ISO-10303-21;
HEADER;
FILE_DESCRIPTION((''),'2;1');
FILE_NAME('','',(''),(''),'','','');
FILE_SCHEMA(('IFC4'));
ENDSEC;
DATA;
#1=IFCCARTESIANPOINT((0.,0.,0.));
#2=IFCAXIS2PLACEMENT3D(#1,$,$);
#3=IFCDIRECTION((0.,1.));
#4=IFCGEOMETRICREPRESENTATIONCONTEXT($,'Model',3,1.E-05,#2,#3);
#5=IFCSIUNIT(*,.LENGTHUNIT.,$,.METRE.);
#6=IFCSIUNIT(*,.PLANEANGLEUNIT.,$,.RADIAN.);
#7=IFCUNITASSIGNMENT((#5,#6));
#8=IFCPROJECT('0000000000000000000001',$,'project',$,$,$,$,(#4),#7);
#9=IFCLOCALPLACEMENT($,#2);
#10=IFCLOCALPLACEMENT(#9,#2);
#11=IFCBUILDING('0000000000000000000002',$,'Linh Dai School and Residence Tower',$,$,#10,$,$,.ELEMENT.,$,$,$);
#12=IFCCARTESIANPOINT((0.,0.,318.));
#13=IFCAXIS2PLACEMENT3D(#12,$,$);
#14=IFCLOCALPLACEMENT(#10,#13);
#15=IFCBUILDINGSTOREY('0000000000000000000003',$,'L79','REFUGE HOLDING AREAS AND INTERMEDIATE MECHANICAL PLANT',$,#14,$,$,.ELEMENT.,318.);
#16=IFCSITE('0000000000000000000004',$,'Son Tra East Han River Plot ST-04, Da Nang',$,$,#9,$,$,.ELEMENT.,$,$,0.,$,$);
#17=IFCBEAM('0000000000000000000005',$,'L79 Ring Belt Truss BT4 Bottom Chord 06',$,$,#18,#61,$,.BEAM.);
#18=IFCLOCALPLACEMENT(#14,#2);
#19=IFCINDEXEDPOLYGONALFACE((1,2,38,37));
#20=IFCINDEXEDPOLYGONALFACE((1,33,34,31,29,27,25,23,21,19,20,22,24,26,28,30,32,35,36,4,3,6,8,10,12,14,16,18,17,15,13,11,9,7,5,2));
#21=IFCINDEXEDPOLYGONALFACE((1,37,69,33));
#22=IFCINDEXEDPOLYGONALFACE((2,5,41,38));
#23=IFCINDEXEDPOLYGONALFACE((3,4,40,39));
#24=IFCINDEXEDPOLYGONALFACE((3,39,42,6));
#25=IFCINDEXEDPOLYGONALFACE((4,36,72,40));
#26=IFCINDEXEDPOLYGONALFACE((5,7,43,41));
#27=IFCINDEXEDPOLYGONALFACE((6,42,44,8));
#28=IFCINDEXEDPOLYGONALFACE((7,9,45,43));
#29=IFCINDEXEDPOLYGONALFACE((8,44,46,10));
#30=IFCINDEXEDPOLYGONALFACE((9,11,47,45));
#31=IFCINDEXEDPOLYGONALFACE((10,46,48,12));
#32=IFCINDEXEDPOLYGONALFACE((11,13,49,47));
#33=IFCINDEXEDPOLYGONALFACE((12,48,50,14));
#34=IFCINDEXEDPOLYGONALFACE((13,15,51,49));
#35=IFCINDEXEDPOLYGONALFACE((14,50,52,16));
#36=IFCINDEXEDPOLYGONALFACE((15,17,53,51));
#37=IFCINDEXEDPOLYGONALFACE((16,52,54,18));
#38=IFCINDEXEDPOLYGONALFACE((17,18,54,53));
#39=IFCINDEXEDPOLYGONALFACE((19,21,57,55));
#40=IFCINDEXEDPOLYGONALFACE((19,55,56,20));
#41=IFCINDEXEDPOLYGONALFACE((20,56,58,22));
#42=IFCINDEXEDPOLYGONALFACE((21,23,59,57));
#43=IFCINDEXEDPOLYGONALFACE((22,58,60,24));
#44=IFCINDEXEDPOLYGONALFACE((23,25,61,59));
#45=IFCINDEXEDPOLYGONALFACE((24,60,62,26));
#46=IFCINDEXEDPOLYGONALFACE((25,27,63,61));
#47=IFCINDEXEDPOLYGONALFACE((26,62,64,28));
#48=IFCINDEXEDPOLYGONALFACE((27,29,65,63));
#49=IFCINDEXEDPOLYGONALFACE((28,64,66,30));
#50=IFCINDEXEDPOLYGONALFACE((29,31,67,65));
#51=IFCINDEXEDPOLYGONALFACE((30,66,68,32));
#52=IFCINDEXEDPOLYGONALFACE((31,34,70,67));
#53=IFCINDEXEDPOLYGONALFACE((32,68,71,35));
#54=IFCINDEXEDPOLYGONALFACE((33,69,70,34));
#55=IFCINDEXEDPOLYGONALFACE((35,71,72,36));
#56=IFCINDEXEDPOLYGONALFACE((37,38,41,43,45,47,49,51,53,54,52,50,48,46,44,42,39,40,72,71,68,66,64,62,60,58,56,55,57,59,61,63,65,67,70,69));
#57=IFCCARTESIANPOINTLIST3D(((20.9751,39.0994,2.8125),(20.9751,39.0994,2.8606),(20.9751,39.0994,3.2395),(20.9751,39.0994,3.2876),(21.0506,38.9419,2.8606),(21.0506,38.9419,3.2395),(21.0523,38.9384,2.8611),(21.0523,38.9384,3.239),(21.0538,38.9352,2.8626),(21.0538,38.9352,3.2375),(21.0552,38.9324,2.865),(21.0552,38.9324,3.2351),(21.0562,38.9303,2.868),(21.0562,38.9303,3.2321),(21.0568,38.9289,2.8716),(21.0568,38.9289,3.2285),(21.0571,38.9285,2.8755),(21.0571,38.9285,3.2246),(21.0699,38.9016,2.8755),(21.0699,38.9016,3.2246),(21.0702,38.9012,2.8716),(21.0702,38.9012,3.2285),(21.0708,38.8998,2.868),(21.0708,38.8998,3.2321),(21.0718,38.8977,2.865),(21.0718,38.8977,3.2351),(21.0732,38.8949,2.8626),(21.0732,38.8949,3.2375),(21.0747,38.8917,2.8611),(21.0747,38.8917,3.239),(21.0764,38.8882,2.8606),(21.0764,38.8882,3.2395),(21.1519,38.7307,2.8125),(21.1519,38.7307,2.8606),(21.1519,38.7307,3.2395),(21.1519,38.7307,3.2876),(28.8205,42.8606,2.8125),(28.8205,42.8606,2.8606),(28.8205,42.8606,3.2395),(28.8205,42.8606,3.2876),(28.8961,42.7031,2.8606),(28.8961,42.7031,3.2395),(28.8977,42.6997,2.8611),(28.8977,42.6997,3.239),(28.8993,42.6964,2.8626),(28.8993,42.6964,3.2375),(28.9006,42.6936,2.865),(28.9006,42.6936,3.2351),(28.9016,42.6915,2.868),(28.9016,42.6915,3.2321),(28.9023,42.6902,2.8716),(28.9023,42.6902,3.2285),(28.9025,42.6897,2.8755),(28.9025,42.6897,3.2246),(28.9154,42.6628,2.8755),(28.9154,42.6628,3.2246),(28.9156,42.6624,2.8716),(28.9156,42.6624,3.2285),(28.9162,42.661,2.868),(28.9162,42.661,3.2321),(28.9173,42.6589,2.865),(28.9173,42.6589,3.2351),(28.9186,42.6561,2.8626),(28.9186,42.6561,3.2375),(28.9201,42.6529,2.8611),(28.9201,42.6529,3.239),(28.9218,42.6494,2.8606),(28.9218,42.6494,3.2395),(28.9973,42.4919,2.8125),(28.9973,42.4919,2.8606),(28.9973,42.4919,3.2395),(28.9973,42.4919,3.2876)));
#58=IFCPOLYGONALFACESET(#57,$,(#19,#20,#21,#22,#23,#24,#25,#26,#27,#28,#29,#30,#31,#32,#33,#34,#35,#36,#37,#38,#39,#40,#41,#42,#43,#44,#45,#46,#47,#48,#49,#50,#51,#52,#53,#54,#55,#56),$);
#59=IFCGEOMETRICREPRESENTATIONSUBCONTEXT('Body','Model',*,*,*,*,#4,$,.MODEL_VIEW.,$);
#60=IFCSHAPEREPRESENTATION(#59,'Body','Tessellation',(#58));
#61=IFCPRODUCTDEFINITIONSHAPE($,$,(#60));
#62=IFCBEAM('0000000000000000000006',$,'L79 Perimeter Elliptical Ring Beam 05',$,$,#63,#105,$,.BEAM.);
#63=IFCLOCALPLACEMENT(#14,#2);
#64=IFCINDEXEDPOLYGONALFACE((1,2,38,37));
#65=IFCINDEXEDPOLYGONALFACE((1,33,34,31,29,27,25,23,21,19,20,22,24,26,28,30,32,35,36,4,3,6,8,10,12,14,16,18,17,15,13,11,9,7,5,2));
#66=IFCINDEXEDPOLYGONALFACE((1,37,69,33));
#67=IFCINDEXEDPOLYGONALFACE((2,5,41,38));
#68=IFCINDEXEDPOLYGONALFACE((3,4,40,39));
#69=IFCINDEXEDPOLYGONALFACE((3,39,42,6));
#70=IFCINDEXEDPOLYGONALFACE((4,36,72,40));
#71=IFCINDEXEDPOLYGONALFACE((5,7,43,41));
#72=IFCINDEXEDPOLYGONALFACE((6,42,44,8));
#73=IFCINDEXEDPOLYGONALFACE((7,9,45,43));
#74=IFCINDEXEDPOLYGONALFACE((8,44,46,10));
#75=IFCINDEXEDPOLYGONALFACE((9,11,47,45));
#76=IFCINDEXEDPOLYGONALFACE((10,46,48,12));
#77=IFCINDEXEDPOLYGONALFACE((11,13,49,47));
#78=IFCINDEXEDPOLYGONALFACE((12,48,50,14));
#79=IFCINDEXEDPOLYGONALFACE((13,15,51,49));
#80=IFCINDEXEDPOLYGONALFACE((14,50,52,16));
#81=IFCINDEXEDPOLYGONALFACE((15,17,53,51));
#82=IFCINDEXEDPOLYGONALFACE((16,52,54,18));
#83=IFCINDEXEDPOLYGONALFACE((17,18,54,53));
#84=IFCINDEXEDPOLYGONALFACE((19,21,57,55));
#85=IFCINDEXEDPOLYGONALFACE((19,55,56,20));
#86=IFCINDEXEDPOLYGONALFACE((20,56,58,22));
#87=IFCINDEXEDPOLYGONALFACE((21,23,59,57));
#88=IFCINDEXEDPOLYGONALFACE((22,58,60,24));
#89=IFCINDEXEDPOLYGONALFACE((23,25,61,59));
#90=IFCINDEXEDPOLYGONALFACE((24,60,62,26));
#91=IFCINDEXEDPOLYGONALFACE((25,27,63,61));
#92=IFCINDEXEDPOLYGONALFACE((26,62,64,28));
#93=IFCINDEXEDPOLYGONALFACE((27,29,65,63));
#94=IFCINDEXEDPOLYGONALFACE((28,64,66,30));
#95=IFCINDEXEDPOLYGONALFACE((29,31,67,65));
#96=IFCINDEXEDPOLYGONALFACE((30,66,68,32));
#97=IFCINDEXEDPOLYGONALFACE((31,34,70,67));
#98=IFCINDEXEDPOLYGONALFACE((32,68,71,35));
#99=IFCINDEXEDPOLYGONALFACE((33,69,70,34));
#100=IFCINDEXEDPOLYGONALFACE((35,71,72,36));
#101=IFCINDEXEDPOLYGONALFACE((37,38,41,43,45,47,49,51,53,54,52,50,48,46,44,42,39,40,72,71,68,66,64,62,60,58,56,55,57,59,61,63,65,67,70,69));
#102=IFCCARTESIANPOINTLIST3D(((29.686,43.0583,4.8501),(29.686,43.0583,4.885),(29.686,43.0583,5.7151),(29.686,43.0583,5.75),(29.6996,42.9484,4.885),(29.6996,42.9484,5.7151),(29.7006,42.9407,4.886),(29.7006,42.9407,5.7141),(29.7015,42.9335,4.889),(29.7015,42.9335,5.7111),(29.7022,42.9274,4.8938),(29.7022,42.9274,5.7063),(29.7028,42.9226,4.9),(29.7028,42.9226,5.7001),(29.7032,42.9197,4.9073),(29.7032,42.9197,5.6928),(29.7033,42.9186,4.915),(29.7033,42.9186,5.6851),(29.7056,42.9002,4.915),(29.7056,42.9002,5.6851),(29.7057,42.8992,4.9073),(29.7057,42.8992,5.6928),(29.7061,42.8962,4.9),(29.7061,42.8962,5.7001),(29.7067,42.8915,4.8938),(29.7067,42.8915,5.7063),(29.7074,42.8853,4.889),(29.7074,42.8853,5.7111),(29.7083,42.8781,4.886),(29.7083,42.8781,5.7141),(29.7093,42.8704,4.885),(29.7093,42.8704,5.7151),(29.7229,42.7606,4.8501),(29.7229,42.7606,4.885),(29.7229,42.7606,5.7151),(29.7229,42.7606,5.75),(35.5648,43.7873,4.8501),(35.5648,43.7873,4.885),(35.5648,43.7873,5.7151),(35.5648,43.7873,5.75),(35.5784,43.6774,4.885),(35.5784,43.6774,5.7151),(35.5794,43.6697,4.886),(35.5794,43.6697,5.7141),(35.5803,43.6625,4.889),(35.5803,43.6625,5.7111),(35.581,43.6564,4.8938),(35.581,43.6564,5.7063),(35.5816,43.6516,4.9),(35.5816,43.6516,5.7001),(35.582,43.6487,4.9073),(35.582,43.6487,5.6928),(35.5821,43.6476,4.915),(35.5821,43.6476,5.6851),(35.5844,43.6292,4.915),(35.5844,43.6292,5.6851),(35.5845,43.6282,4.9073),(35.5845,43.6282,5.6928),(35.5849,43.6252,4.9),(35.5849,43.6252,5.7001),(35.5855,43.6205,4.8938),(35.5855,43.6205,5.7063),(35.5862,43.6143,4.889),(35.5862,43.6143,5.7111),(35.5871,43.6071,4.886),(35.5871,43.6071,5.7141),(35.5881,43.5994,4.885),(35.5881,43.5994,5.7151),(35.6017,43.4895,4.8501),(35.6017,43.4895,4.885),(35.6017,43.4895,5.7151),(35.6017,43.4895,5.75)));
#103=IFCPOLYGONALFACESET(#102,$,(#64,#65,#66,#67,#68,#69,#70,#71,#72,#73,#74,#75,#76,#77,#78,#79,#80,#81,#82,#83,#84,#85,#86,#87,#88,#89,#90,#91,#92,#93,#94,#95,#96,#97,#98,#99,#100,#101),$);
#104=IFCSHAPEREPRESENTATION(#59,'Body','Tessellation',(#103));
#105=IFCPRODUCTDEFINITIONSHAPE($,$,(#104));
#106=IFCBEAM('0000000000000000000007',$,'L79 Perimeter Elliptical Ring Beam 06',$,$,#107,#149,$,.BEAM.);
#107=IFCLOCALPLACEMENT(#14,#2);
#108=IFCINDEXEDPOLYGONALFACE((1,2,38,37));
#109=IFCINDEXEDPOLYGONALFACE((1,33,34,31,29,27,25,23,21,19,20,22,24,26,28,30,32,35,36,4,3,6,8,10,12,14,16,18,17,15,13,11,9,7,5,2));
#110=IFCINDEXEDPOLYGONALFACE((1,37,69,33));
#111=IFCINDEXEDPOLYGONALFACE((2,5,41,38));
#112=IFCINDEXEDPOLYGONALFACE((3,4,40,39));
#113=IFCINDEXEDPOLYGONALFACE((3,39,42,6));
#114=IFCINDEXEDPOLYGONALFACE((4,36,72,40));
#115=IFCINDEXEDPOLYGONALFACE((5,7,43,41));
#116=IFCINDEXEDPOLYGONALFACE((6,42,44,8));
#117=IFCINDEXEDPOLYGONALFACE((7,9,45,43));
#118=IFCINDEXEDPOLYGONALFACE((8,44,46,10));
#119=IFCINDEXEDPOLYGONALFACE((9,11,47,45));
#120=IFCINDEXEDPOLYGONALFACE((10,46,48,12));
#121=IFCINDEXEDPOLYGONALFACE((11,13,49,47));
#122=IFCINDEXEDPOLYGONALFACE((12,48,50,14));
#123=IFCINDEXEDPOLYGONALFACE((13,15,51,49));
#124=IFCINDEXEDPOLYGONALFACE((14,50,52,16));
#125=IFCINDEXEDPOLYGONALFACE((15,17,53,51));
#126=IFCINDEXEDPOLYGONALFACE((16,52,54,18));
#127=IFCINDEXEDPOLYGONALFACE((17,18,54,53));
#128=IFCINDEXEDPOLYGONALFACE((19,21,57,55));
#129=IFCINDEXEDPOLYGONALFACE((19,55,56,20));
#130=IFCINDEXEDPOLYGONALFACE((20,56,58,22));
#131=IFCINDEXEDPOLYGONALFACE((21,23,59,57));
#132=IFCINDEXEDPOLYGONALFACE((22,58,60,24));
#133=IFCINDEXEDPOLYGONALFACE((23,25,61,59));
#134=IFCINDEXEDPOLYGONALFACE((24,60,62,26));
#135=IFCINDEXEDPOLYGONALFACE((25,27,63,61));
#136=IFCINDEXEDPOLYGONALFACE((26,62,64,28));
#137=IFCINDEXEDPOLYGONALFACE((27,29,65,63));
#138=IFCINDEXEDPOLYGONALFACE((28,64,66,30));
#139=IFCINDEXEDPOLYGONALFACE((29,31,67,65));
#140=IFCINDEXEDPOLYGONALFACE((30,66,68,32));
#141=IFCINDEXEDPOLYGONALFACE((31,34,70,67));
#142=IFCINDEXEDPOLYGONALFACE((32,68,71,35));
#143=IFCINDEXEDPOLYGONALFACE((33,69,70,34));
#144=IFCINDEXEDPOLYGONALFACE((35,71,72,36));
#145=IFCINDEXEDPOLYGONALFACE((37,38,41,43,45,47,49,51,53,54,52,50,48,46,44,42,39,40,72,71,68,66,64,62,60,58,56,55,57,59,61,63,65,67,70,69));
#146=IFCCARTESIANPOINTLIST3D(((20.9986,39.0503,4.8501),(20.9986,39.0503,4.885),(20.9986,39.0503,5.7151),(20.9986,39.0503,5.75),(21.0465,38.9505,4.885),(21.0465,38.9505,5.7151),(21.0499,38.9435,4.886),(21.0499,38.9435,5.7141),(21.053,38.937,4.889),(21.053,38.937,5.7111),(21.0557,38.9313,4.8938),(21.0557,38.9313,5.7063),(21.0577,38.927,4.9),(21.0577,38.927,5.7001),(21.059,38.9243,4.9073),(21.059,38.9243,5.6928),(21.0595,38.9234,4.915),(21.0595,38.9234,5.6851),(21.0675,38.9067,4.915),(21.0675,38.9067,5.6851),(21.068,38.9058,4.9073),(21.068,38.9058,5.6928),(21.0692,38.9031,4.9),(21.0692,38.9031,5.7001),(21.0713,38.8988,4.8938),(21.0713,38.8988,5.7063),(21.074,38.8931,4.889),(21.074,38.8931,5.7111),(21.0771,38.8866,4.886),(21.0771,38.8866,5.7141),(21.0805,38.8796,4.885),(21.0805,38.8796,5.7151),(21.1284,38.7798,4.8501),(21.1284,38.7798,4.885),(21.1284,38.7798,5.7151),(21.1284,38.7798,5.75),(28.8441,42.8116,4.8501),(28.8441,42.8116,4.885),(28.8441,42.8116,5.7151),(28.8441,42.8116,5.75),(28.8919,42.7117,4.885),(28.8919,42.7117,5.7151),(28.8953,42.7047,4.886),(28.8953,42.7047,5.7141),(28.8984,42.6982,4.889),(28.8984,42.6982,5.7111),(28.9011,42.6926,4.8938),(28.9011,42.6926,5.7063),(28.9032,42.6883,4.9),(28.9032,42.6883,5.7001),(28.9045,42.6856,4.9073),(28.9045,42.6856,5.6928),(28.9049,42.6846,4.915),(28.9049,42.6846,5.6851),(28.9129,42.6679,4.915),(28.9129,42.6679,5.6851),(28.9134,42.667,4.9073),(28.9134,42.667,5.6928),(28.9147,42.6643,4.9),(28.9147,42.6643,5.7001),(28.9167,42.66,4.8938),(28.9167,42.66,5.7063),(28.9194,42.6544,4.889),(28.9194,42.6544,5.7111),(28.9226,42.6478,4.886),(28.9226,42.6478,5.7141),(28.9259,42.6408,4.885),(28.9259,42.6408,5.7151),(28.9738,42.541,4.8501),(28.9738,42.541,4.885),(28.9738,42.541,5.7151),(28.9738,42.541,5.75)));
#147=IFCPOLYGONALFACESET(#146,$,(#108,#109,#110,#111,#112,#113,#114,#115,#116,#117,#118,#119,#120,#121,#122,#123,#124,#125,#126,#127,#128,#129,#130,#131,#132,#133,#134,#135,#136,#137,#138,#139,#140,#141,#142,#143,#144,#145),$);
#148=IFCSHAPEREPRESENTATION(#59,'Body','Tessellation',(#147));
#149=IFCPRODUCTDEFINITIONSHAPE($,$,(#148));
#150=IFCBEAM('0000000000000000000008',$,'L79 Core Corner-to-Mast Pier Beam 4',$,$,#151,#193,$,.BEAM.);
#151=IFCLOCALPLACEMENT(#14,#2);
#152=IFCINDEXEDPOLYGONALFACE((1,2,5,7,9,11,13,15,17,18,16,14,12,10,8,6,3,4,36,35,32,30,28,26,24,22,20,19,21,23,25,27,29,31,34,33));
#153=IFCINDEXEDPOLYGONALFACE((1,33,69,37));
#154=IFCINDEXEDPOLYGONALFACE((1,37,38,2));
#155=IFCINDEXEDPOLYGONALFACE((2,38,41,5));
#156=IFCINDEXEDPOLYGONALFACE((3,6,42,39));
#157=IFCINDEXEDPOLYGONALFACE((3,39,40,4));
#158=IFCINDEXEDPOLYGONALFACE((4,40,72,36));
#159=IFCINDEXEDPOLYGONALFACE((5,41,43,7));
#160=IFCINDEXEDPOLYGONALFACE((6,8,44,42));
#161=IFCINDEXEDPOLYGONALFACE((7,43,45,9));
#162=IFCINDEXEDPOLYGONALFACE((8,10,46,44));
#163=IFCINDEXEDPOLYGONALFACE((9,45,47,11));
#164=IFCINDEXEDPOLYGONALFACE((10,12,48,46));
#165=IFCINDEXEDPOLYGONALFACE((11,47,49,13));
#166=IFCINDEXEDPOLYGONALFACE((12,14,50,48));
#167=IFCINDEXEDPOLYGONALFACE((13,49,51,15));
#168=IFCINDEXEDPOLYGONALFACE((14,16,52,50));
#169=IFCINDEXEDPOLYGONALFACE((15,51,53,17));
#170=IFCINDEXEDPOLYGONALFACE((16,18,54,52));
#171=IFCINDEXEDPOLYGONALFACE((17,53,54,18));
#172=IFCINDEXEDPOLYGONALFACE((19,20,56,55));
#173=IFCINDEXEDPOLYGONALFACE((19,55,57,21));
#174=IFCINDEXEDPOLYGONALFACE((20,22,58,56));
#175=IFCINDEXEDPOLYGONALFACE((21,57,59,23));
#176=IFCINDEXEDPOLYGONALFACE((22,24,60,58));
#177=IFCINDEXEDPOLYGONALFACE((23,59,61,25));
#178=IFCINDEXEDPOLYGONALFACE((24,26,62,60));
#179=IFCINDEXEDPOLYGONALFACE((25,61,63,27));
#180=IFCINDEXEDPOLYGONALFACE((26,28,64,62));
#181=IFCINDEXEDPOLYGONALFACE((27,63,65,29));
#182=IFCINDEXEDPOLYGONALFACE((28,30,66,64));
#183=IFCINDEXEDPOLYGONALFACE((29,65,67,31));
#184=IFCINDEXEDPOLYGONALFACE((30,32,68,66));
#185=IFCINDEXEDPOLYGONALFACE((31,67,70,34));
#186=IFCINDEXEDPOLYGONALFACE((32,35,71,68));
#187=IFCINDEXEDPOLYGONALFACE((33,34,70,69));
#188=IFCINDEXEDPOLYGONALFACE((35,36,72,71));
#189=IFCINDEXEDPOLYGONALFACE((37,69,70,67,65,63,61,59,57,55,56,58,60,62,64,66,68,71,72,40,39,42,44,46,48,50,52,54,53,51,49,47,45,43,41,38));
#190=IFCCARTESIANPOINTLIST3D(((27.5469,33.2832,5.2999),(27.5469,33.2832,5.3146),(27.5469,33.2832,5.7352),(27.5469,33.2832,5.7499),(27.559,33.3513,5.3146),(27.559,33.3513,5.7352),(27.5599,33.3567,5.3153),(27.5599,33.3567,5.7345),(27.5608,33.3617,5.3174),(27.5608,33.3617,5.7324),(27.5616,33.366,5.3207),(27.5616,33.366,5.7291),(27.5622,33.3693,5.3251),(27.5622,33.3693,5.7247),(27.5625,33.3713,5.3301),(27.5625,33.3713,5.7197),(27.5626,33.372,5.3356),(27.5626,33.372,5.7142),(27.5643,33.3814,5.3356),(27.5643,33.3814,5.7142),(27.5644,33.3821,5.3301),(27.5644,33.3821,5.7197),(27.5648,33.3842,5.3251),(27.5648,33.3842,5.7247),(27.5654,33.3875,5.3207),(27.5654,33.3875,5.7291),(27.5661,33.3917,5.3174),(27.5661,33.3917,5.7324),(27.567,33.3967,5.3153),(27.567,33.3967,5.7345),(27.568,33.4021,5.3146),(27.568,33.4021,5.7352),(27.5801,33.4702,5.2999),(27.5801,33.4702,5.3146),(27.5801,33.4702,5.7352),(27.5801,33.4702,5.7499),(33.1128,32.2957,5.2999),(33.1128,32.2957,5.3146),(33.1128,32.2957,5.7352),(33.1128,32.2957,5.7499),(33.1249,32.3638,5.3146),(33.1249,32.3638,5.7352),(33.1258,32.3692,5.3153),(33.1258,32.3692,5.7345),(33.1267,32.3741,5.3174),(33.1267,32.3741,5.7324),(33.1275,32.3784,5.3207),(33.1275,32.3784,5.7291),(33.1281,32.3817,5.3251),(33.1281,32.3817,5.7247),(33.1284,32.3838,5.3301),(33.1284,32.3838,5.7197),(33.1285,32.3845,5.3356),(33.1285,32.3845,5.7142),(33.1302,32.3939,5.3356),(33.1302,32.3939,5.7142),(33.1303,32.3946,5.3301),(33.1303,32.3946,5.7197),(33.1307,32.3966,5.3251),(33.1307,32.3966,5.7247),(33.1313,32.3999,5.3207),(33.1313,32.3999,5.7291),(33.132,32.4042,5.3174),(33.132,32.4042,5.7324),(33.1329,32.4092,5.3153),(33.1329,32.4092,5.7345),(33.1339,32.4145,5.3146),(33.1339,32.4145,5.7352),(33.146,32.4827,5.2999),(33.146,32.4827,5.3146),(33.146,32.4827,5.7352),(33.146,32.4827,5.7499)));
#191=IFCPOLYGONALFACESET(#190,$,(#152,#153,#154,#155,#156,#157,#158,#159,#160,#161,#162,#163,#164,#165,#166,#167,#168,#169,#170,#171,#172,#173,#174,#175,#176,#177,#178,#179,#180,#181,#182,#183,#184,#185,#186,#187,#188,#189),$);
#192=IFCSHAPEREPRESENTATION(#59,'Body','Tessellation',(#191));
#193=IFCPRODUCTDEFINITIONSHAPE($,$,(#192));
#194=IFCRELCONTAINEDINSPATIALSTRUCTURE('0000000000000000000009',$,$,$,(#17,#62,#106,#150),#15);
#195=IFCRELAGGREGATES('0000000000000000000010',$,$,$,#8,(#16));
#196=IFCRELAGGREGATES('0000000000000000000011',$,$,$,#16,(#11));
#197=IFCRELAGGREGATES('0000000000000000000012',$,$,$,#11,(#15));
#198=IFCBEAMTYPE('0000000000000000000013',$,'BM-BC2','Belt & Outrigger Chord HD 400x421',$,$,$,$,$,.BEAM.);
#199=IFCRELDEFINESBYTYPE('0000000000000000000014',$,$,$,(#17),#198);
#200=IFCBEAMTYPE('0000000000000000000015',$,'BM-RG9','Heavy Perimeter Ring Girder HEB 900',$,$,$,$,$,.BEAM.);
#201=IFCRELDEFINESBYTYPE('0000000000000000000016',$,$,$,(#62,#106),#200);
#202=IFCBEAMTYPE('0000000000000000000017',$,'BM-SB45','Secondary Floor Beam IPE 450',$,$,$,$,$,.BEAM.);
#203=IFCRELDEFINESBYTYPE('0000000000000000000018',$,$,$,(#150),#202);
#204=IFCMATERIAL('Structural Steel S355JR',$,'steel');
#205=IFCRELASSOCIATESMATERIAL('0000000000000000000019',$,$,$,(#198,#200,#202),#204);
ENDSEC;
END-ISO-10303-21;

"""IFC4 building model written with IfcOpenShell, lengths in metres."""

from ifc_helpers import new_model, si_unit, direction, frame, origin, origin_2d, place, context, subcontext, project, spatial, i_section, extrude, material, material_profile, profile_set, type_object, element, save


model = new_model("IFC4")

# Units and contexts
model_context = context("Model", 3, precision=1e-05, world=origin(), true_north=direction((0.0, 1.0)))
body_context = subcontext(model_context, "Body", "Model", "MODEL_VIEW")
ifc_project = project(units=[si_unit("LENGTHUNIT", "METRE"), si_unit("PLANEANGLEUNIT", "RADIAN")], contexts=[model_context])

# Site, building, storey
site_placement = place(None, origin())
site = spatial("IfcSite", under=ifc_project, at=site_placement, Name="Son Tra East Han River Plot ST-04, Da Nang", CompositionType="ELEMENT", RefElevation=0.0)
building_placement = place(site_placement, origin())
building = spatial("IfcBuilding", under=site, at=building_placement, Name="Linh Dai School and Residence Tower", CompositionType="ELEMENT")
storey_placement = place(building_placement, frame((0.0, 0.0, 318.0)))
storey = spatial("IfcBuildingStorey", under=building, at=storey_placement, Name="L79", Description="REFUGE HOLDING AREAS AND INTERMEDIATE MECHANICAL PLANT", CompositionType="ELEMENT", Elevation=318.0)

# Shared definitions
ifc_material_1 = material(Name="Structural Steel S355JR", Category="steel")

# Beams
ifc_material_profile_1 = material_profile(ifc_material_1, i_section(OverallWidth=0.4089, OverallDepth=0.4751, WebThickness=0.0298, FlangeThickness=0.0481, FilletRadius=0.0149, at=origin_2d()), Name="HD 400x421")
ifc_profile_set_1 = profile_set([ifc_material_profile_1], Name="Structural Steel S355JR")
beam_type_1 = type_object("IfcBeamType", Name="BM-BC2", Description="Belt & Outrigger Chord HD 400x421", PredefinedType="BEAM", material=ifc_profile_set_1)
beam_1_placement = place(storey_placement, frame((28.9089, 42.6763, 3.05), z_axis=(-0.901729, -0.432302, 0.0), x_axis=(0.432302, -0.901729, 0.0)))
element("IfcBeam", 1, at=beam_1_placement, inside=storey, type_object=beam_type_1, Name="L79 Ring Belt Truss BT4 Bottom Chord 06", PredefinedType="BEAM", context=body_context, shape_type="SweptSolid", body=[
    extrude(i_section(OverallWidth=0.4089, OverallDepth=0.4751, WebThickness=0.0298, FlangeThickness=0.0481, FilletRadius=0.0149, at=origin_2d()), origin(), (0.0, 0.0, 1.0), 8.7004),
])
ifc_material_profile_2 = material_profile(ifc_material_1, i_section(OverallWidth=0.3, OverallDepth=0.8999, WebThickness=0.0186, FlangeThickness=0.0349, FilletRadius=0.03, at=origin_2d()), Name="HEB 900")
ifc_profile_set_2 = profile_set([ifc_material_profile_2], Name="Structural Steel S355JR")
beam_type_2 = type_object("IfcBeamType", Name="BM-RG9", Description="Heavy Perimeter Ring Girder HEB 900", PredefinedType="BEAM", material=ifc_profile_set_2)
beam_2_placement = place(storey_placement, frame((35.5833, 43.6384, 5.3), z_axis=(-0.992399, -0.123061, 0.0), x_axis=(0.123061, -0.992399, 0.0)))
element("IfcBeam", 2, at=beam_2_placement, inside=storey, type_object=beam_type_2, Name="L79 Perimeter Elliptical Ring Beam 05", PredefinedType="BEAM", context=body_context, shape_type="SweptSolid", body=[
    extrude(i_section(OverallWidth=0.3, OverallDepth=0.8999, WebThickness=0.0186, FlangeThickness=0.0349, FilletRadius=0.03, at=origin_2d()), origin(), (0.0, 0.0, 1.0), 5.9238),
])
beam_3_placement = place(storey_placement, frame((28.9089, 42.6763, 5.3), z_axis=(-0.901729, -0.432302, 0.0), x_axis=(0.432302, -0.901729, 0.0)))
element("IfcBeam", 3, at=beam_3_placement, inside=storey, type_object=beam_type_2, Name="L79 Perimeter Elliptical Ring Beam 06", PredefinedType="BEAM", context=body_context, shape_type="SweptSolid", body=[
    extrude(i_section(OverallWidth=0.3, OverallDepth=0.8999, WebThickness=0.0186, FlangeThickness=0.0349, FilletRadius=0.03, at=origin_2d()), origin(), (0.0, 0.0, 1.0), 8.7004),
])
ifc_material_profile_3 = material_profile(ifc_material_1, i_section(OverallWidth=0.1899, OverallDepth=0.45, WebThickness=0.0095, FlangeThickness=0.0146, FilletRadius=0.021, at=origin_2d()), Name="IPE 450")
ifc_profile_set_3 = profile_set([ifc_material_profile_3], Name="Structural Steel S355JR")
beam_type_3 = type_object("IfcBeamType", Name="BM-SB45", Description="Secondary Floor Beam IPE 450", PredefinedType="BEAM", material=ifc_profile_set_3)
beam_4_placement = place(storey_placement, frame((27.5635, 33.3767, 5.5249), z_axis=(0.984622, -0.174699, 0.0), x_axis=(0.174699, 0.984622, 0.0)))
element("IfcBeam", 4, at=beam_4_placement, inside=storey, type_object=beam_type_3, Name="L79 Core Corner-to-Mast Pier Beam 4", PredefinedType="BEAM", context=body_context, shape_type="SweptSolid", body=[
    extrude(i_section(OverallWidth=0.1899, OverallDepth=0.45, WebThickness=0.0095, FlangeThickness=0.0146, FilletRadius=0.021, at=origin_2d()), origin(), (0.0, 0.0, 1.0), 5.6528),
])

save(model, "model.ifc")
